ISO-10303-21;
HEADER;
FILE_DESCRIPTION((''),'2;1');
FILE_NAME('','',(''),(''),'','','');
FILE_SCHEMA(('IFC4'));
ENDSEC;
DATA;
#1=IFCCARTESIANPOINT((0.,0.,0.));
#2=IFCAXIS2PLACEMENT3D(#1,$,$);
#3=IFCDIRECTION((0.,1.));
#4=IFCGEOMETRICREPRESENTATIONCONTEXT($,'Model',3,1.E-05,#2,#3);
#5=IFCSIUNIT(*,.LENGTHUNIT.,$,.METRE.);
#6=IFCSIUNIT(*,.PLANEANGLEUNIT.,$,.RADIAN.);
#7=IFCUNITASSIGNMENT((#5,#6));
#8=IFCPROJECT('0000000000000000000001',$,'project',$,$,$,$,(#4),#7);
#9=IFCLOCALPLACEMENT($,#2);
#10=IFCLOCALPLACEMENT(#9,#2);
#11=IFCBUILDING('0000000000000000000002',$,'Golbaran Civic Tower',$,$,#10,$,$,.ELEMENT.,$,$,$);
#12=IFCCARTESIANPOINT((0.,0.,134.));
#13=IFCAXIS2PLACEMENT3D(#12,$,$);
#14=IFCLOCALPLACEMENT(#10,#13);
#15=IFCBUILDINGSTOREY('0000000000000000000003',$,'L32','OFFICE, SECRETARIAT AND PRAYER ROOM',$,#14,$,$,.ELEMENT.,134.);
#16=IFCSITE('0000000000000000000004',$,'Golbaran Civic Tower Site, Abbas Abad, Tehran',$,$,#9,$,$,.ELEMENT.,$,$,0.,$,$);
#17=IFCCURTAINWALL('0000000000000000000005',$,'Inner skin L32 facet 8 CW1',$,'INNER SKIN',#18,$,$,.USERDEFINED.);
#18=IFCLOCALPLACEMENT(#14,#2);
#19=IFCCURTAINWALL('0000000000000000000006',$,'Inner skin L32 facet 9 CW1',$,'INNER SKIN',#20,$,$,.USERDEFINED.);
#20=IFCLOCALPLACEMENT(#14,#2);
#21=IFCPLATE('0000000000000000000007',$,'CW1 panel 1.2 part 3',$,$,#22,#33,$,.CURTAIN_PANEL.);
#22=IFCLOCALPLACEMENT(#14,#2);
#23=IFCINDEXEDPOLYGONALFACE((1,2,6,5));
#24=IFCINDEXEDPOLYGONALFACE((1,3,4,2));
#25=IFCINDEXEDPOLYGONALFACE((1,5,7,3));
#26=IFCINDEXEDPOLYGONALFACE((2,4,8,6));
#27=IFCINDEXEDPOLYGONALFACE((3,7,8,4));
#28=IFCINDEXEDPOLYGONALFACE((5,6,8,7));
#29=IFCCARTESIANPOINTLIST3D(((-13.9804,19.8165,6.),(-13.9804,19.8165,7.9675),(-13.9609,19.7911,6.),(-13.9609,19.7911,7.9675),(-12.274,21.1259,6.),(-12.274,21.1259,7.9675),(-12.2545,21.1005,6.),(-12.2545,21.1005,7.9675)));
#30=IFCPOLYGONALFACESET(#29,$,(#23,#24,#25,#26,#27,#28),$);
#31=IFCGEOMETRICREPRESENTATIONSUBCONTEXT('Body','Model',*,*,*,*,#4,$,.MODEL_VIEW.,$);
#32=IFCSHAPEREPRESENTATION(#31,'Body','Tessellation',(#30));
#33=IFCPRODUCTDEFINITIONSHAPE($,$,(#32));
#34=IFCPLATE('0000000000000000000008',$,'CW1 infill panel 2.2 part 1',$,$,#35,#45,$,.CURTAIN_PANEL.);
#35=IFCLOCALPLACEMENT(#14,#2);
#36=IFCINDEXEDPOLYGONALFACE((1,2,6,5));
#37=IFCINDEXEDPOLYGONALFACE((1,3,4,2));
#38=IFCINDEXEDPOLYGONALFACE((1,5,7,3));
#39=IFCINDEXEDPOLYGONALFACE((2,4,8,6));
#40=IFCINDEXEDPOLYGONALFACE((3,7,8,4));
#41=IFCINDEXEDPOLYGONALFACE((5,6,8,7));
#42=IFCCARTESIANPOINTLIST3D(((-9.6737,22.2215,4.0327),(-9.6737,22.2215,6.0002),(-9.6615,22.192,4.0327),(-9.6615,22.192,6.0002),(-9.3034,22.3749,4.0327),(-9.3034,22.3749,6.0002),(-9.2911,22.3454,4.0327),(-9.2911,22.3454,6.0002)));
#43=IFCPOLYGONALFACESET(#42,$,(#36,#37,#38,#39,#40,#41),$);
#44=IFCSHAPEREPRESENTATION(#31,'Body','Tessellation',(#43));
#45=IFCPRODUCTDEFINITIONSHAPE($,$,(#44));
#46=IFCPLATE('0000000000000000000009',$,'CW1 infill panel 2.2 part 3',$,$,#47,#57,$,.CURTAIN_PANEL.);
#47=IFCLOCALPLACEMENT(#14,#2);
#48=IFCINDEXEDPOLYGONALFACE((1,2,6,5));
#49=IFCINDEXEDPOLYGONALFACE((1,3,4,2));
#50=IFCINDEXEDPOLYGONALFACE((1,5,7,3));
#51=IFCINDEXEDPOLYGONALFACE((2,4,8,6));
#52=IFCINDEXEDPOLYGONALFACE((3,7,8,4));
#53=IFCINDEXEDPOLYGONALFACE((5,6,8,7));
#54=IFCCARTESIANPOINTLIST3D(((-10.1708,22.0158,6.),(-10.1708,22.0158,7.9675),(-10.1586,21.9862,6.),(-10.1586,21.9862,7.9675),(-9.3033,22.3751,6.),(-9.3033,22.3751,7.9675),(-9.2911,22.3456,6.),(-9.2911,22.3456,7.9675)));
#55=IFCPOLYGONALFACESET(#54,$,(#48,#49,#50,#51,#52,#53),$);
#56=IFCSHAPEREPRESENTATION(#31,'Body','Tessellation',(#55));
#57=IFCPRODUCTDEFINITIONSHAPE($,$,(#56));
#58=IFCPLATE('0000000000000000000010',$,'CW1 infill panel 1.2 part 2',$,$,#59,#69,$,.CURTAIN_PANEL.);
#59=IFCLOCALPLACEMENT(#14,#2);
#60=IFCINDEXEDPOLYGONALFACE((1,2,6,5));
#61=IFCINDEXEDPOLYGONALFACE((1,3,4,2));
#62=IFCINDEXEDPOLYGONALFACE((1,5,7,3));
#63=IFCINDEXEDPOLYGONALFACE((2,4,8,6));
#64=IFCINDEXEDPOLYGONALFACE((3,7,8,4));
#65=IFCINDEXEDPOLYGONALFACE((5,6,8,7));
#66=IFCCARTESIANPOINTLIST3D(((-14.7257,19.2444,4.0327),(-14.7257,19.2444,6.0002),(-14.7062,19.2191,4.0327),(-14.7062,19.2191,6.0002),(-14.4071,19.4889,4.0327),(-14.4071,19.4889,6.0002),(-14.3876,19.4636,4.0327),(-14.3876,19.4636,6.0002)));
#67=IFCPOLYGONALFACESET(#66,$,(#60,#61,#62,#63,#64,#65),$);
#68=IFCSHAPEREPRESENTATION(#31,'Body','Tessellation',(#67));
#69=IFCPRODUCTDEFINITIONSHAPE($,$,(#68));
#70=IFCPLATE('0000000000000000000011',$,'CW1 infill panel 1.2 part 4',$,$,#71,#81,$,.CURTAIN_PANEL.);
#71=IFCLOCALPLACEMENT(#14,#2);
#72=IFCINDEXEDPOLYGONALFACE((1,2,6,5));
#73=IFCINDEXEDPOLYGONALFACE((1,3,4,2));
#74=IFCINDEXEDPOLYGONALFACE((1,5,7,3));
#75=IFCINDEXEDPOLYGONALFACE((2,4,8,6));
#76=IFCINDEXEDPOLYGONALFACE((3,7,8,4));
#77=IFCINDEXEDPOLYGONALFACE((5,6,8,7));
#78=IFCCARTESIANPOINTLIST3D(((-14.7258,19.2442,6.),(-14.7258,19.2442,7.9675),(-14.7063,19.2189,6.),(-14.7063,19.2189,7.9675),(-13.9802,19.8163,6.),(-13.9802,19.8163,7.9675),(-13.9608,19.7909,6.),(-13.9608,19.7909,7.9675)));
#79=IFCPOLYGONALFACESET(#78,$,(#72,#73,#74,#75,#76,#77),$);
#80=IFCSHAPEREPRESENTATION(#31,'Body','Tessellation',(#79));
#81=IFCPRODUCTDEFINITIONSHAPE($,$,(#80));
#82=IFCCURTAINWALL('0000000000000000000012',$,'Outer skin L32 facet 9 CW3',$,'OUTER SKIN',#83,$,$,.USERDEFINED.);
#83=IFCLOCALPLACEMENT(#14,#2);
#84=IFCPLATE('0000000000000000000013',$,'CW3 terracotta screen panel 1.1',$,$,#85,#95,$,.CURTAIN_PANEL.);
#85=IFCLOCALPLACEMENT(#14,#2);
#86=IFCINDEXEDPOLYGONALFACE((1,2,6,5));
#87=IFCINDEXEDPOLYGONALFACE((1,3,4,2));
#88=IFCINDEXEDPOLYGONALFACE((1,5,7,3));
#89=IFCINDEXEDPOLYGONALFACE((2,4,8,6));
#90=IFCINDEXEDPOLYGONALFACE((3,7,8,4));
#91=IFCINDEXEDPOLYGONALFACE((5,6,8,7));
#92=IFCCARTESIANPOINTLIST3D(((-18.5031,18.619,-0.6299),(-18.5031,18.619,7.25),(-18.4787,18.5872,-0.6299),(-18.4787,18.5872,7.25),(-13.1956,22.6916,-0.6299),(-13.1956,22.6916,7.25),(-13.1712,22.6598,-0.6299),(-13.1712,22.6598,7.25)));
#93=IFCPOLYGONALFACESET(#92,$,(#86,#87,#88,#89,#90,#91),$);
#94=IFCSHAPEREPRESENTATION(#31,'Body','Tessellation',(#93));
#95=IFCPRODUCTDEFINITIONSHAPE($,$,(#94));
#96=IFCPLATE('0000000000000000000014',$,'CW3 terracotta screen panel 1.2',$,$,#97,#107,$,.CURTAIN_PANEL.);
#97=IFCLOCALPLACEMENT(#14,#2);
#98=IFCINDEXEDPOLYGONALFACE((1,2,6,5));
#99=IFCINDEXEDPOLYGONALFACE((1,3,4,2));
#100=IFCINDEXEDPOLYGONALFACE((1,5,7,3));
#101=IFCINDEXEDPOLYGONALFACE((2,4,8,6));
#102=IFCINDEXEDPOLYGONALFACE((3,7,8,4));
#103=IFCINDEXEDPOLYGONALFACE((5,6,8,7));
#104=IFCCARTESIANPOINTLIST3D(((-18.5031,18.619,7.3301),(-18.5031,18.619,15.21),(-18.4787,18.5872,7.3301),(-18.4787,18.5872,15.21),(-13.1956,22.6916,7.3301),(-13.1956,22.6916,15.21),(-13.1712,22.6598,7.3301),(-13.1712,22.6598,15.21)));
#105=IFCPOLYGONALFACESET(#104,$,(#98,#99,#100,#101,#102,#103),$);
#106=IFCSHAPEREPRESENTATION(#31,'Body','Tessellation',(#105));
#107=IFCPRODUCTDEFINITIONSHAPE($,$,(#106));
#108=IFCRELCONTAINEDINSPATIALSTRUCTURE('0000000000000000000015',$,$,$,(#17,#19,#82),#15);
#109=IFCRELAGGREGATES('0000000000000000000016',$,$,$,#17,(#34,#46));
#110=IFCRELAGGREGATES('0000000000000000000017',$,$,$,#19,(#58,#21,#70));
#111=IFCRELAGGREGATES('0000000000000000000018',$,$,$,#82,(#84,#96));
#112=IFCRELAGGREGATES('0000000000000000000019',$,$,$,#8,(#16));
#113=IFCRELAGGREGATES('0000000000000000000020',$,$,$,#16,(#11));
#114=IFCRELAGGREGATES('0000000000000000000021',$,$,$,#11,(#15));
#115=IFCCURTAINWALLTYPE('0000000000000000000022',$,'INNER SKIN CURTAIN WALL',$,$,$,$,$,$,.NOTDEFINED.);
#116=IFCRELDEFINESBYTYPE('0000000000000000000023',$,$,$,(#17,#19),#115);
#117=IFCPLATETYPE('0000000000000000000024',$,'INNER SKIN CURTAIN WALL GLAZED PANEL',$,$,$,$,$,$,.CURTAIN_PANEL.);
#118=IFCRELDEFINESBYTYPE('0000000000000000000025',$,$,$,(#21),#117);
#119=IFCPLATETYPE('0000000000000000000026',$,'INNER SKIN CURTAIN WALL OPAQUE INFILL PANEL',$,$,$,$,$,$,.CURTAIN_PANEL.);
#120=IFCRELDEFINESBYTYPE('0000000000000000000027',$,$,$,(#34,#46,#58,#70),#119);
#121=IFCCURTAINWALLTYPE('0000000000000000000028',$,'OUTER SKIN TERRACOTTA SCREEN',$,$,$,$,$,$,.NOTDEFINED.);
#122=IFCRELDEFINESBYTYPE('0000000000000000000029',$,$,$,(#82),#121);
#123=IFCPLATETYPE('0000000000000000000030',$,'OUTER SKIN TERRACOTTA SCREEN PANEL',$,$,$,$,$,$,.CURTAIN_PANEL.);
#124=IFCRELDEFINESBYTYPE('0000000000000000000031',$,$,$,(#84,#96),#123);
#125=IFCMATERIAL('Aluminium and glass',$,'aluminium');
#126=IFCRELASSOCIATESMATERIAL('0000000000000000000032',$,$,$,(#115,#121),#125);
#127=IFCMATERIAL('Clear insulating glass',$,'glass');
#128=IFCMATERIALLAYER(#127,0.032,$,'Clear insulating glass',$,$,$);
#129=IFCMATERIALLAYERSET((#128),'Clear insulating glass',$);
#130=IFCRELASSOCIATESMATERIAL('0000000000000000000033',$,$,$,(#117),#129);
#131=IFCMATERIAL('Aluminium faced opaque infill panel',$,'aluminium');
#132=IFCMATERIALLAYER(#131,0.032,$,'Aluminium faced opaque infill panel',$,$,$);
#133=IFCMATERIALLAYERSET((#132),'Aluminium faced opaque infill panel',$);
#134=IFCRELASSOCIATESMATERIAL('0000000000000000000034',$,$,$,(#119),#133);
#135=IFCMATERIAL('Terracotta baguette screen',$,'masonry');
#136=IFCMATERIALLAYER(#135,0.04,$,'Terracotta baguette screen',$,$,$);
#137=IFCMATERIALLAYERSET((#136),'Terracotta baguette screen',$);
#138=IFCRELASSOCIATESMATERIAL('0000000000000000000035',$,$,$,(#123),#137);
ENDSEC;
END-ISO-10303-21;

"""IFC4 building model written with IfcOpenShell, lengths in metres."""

from ifc_helpers import new_model, si_unit, direction, frame, origin, origin_2d, place, context, subcontext, project, spatial, rectangle, extrude, material, layer, layer_set, type_object, element, aggregate, save


model = new_model("IFC4")

# Units and contexts
model_context = context("Model", 3, precision=1e-05, world=origin(), true_north=direction((0.0, 1.0)))
body_context = subcontext(model_context, "Body", "Model", "MODEL_VIEW")
ifc_project = project(units=[si_unit("LENGTHUNIT", "METRE"), si_unit("PLANEANGLEUNIT", "RADIAN")], contexts=[model_context])

# Site, building, storey
site_placement = place(None, origin())
site = spatial("IfcSite", under=ifc_project, at=site_placement, Name="Golbaran Civic Tower Site, Abbas Abad, Tehran", CompositionType="ELEMENT", RefElevation=0.0)
building_placement = place(site_placement, origin())
building = spatial("IfcBuilding", under=site, at=building_placement, Name="Golbaran Civic Tower", CompositionType="ELEMENT")
storey_placement = place(building_placement, frame((0.0, 0.0, 134.0)))
storey = spatial("IfcBuildingStorey", under=building, at=storey_placement, Name="L32", Description="OFFICE, SECRETARIAT AND PRAYER ROOM", CompositionType="ELEMENT", Elevation=134.0)

# Curtain wall
ifc_material_1 = material(Name="Aluminium and glass", Category="aluminium")
curtain_wall_type_1 = type_object("IfcCurtainWallType", Name="INNER SKIN CURTAIN WALL", PredefinedType="NOTDEFINED", material=ifc_material_1)
curtain_wall_1_placement = place(storey_placement, origin())
curtain_wall_1 = element("IfcCurtainWall", 1, at=curtain_wall_1_placement, inside=storey, type_object=curtain_wall_type_1, Name="Inner skin L32 facet 8 CW1", ObjectType="INNER SKIN", PredefinedType="USERDEFINED")

# Curtain wall
curtain_wall_2_placement = place(storey_placement, origin())
curtain_wall_2 = element("IfcCurtainWall", 2, at=curtain_wall_2_placement, inside=storey, type_object=curtain_wall_type_1, Name="Inner skin L32 facet 9 CW1", ObjectType="INNER SKIN", PredefinedType="USERDEFINED")

# Plates
ifc_material_2 = material(Name="Clear insulating glass", Category="glass")
ifc_layer_1 = layer(ifc_material_2, 0.032, Name="Clear insulating glass")
ifc_layer_set_1 = layer_set([ifc_layer_1], Name="Clear insulating glass")
plate_type_1 = type_object("IfcPlateType", Name="INNER SKIN CURTAIN WALL GLAZED PANEL", PredefinedType="CURTAIN_PANEL", material=ifc_layer_set_1)
plate_1_placement = place(storey_placement, frame((-13.1174, 20.4585, 6.0), z_axis=(0.0, 0.0, 1.0), x_axis=(-0.793353, -0.608761, 0.0)))
plate_1 = element("IfcPlate", 3, at=plate_1_placement, type_object=plate_type_1, Name="CW1 panel 1.2 part 3", PredefinedType="CURTAIN_PANEL", context=body_context, shape_type="SweptSolid", body=[
    extrude(rectangle(XDim=2.1509, YDim=0.032, at=origin_2d()), origin(), (0.0, 0.0, 1.0), 1.9675),
])
ifc_material_3 = material(Name="Aluminium faced opaque infill panel", Category="aluminium")
ifc_layer_2 = layer(ifc_material_3, 0.032, Name="Aluminium faced opaque infill panel")
ifc_layer_set_2 = layer_set([ifc_layer_2], Name="Aluminium faced opaque infill panel")
plate_type_2 = type_object("IfcPlateType", Name="INNER SKIN CURTAIN WALL OPAQUE INFILL PANEL", PredefinedType="CURTAIN_PANEL", material=ifc_layer_set_2)
plate_2_placement = place(storey_placement, frame((-9.4824, 22.2834, 4.0327), z_axis=(0.0, 0.0, 1.0), x_axis=(-0.92388, -0.382683, 0.0)))
plate_2 = element("IfcPlate", 4, at=plate_2_placement, type_object=plate_type_2, Name="CW1 infill panel 2.2 part 1", PredefinedType="CURTAIN_PANEL", context=body_context, shape_type="SweptSolid", body=[
    extrude(rectangle(XDim=0.4009, YDim=0.032, at=origin_2d()), origin(), (0.0, 0.0, 1.0), 1.9675),
])
plate_3_placement = place(storey_placement, frame((-9.731, 22.1807, 6.0), z_axis=(0.0, 0.0, 1.0), x_axis=(-0.92388, -0.382683, 0.0)))
plate_3 = element("IfcPlate", 5, at=plate_3_placement, type_object=plate_type_2, Name="CW1 infill panel 2.2 part 3", PredefinedType="CURTAIN_PANEL", context=body_context, shape_type="SweptSolid", body=[
    extrude(rectangle(XDim=0.939, YDim=0.032, at=origin_2d()), origin(), (0.0, 0.0, 1.0), 1.9675),
])
aggregate(curtain_wall_1, [plate_2, plate_3])
plate_4_placement = place(storey_placement, frame((-14.5566, 19.354, 4.0327), z_axis=(0.0, 0.0, 1.0), x_axis=(-0.793353, -0.608761, 0.0)))
plate_4 = element("IfcPlate", 6, at=plate_4_placement, type_object=plate_type_2, Name="CW1 infill panel 1.2 part 2", PredefinedType="CURTAIN_PANEL", context=body_context, shape_type="SweptSolid", body=[
    extrude(rectangle(XDim=0.4016, YDim=0.032, at=origin_2d()), origin(), (0.0, 0.0, 1.0), 1.9675),
])
plate_5_placement = place(storey_placement, frame((-14.3433, 19.5176, 6.0), z_axis=(0.0, 0.0, 1.0), x_axis=(-0.793353, -0.608761, 0.0)))
plate_5 = element("IfcPlate", 7, at=plate_5_placement, type_object=plate_type_2, Name="CW1 infill panel 1.2 part 4", PredefinedType="CURTAIN_PANEL", context=body_context, shape_type="SweptSolid", body=[
    extrude(rectangle(XDim=0.9397, YDim=0.032, at=origin_2d()), origin(), (0.0, 0.0, 1.0), 1.9675),
])
aggregate(curtain_wall_2, [plate_4, plate_1, plate_5])

# Curtain wall, plates
curtain_wall_type_2 = type_object("IfcCurtainWallType", Name="OUTER SKIN TERRACOTTA SCREEN", PredefinedType="NOTDEFINED", material=ifc_material_1)
curtain_wall_3_placement = place(storey_placement, origin())
curtain_wall_3 = element("IfcCurtainWall", 8, at=curtain_wall_3_placement, inside=storey, type_object=curtain_wall_type_2, Name="Outer skin L32 facet 9 CW3", ObjectType="OUTER SKIN", PredefinedType="USERDEFINED")
ifc_material_4 = material(Name="Terracotta baguette screen", Category="masonry")
ifc_layer_3 = layer(ifc_material_4, 0.04, Name="Terracotta baguette screen")
ifc_layer_set_3 = layer_set([ifc_layer_3], Name="Terracotta baguette screen")
plate_type_3 = type_object("IfcPlateType", Name="OUTER SKIN TERRACOTTA SCREEN PANEL", PredefinedType="CURTAIN_PANEL", material=ifc_layer_set_3)
plate_6_placement = place(storey_placement, frame((-15.8372, 20.6394, -0.6299), z_axis=(0.0, 0.0, 1.0), x_axis=(-0.793353, -0.608761, 0.0)))
plate_6 = element("IfcPlate", 9, at=plate_6_placement, type_object=plate_type_3, Name="CW3 terracotta screen panel 1.1", PredefinedType="CURTAIN_PANEL", context=body_context, shape_type="SweptSolid", body=[
    extrude(rectangle(XDim=6.6899, YDim=0.04, at=origin_2d()), origin(), (0.0, 0.0, 1.0), 7.8799),
])
plate_7_placement = place(storey_placement, frame((-15.8372, 20.6394, 7.3301), z_axis=(0.0, 0.0, 1.0), x_axis=(-0.793353, -0.608761, 0.0)))
plate_7 = element("IfcPlate", 10, at=plate_7_placement, type_object=plate_type_3, Name="CW3 terracotta screen panel 1.2", PredefinedType="CURTAIN_PANEL", context=body_context, shape_type="SweptSolid", body=[
    extrude(rectangle(XDim=6.6899, YDim=0.04, at=origin_2d()), origin(), (0.0, 0.0, 1.0), 7.8799),
])
aggregate(curtain_wall_3, [plate_6, plate_7])

save(model, "model.ifc")
